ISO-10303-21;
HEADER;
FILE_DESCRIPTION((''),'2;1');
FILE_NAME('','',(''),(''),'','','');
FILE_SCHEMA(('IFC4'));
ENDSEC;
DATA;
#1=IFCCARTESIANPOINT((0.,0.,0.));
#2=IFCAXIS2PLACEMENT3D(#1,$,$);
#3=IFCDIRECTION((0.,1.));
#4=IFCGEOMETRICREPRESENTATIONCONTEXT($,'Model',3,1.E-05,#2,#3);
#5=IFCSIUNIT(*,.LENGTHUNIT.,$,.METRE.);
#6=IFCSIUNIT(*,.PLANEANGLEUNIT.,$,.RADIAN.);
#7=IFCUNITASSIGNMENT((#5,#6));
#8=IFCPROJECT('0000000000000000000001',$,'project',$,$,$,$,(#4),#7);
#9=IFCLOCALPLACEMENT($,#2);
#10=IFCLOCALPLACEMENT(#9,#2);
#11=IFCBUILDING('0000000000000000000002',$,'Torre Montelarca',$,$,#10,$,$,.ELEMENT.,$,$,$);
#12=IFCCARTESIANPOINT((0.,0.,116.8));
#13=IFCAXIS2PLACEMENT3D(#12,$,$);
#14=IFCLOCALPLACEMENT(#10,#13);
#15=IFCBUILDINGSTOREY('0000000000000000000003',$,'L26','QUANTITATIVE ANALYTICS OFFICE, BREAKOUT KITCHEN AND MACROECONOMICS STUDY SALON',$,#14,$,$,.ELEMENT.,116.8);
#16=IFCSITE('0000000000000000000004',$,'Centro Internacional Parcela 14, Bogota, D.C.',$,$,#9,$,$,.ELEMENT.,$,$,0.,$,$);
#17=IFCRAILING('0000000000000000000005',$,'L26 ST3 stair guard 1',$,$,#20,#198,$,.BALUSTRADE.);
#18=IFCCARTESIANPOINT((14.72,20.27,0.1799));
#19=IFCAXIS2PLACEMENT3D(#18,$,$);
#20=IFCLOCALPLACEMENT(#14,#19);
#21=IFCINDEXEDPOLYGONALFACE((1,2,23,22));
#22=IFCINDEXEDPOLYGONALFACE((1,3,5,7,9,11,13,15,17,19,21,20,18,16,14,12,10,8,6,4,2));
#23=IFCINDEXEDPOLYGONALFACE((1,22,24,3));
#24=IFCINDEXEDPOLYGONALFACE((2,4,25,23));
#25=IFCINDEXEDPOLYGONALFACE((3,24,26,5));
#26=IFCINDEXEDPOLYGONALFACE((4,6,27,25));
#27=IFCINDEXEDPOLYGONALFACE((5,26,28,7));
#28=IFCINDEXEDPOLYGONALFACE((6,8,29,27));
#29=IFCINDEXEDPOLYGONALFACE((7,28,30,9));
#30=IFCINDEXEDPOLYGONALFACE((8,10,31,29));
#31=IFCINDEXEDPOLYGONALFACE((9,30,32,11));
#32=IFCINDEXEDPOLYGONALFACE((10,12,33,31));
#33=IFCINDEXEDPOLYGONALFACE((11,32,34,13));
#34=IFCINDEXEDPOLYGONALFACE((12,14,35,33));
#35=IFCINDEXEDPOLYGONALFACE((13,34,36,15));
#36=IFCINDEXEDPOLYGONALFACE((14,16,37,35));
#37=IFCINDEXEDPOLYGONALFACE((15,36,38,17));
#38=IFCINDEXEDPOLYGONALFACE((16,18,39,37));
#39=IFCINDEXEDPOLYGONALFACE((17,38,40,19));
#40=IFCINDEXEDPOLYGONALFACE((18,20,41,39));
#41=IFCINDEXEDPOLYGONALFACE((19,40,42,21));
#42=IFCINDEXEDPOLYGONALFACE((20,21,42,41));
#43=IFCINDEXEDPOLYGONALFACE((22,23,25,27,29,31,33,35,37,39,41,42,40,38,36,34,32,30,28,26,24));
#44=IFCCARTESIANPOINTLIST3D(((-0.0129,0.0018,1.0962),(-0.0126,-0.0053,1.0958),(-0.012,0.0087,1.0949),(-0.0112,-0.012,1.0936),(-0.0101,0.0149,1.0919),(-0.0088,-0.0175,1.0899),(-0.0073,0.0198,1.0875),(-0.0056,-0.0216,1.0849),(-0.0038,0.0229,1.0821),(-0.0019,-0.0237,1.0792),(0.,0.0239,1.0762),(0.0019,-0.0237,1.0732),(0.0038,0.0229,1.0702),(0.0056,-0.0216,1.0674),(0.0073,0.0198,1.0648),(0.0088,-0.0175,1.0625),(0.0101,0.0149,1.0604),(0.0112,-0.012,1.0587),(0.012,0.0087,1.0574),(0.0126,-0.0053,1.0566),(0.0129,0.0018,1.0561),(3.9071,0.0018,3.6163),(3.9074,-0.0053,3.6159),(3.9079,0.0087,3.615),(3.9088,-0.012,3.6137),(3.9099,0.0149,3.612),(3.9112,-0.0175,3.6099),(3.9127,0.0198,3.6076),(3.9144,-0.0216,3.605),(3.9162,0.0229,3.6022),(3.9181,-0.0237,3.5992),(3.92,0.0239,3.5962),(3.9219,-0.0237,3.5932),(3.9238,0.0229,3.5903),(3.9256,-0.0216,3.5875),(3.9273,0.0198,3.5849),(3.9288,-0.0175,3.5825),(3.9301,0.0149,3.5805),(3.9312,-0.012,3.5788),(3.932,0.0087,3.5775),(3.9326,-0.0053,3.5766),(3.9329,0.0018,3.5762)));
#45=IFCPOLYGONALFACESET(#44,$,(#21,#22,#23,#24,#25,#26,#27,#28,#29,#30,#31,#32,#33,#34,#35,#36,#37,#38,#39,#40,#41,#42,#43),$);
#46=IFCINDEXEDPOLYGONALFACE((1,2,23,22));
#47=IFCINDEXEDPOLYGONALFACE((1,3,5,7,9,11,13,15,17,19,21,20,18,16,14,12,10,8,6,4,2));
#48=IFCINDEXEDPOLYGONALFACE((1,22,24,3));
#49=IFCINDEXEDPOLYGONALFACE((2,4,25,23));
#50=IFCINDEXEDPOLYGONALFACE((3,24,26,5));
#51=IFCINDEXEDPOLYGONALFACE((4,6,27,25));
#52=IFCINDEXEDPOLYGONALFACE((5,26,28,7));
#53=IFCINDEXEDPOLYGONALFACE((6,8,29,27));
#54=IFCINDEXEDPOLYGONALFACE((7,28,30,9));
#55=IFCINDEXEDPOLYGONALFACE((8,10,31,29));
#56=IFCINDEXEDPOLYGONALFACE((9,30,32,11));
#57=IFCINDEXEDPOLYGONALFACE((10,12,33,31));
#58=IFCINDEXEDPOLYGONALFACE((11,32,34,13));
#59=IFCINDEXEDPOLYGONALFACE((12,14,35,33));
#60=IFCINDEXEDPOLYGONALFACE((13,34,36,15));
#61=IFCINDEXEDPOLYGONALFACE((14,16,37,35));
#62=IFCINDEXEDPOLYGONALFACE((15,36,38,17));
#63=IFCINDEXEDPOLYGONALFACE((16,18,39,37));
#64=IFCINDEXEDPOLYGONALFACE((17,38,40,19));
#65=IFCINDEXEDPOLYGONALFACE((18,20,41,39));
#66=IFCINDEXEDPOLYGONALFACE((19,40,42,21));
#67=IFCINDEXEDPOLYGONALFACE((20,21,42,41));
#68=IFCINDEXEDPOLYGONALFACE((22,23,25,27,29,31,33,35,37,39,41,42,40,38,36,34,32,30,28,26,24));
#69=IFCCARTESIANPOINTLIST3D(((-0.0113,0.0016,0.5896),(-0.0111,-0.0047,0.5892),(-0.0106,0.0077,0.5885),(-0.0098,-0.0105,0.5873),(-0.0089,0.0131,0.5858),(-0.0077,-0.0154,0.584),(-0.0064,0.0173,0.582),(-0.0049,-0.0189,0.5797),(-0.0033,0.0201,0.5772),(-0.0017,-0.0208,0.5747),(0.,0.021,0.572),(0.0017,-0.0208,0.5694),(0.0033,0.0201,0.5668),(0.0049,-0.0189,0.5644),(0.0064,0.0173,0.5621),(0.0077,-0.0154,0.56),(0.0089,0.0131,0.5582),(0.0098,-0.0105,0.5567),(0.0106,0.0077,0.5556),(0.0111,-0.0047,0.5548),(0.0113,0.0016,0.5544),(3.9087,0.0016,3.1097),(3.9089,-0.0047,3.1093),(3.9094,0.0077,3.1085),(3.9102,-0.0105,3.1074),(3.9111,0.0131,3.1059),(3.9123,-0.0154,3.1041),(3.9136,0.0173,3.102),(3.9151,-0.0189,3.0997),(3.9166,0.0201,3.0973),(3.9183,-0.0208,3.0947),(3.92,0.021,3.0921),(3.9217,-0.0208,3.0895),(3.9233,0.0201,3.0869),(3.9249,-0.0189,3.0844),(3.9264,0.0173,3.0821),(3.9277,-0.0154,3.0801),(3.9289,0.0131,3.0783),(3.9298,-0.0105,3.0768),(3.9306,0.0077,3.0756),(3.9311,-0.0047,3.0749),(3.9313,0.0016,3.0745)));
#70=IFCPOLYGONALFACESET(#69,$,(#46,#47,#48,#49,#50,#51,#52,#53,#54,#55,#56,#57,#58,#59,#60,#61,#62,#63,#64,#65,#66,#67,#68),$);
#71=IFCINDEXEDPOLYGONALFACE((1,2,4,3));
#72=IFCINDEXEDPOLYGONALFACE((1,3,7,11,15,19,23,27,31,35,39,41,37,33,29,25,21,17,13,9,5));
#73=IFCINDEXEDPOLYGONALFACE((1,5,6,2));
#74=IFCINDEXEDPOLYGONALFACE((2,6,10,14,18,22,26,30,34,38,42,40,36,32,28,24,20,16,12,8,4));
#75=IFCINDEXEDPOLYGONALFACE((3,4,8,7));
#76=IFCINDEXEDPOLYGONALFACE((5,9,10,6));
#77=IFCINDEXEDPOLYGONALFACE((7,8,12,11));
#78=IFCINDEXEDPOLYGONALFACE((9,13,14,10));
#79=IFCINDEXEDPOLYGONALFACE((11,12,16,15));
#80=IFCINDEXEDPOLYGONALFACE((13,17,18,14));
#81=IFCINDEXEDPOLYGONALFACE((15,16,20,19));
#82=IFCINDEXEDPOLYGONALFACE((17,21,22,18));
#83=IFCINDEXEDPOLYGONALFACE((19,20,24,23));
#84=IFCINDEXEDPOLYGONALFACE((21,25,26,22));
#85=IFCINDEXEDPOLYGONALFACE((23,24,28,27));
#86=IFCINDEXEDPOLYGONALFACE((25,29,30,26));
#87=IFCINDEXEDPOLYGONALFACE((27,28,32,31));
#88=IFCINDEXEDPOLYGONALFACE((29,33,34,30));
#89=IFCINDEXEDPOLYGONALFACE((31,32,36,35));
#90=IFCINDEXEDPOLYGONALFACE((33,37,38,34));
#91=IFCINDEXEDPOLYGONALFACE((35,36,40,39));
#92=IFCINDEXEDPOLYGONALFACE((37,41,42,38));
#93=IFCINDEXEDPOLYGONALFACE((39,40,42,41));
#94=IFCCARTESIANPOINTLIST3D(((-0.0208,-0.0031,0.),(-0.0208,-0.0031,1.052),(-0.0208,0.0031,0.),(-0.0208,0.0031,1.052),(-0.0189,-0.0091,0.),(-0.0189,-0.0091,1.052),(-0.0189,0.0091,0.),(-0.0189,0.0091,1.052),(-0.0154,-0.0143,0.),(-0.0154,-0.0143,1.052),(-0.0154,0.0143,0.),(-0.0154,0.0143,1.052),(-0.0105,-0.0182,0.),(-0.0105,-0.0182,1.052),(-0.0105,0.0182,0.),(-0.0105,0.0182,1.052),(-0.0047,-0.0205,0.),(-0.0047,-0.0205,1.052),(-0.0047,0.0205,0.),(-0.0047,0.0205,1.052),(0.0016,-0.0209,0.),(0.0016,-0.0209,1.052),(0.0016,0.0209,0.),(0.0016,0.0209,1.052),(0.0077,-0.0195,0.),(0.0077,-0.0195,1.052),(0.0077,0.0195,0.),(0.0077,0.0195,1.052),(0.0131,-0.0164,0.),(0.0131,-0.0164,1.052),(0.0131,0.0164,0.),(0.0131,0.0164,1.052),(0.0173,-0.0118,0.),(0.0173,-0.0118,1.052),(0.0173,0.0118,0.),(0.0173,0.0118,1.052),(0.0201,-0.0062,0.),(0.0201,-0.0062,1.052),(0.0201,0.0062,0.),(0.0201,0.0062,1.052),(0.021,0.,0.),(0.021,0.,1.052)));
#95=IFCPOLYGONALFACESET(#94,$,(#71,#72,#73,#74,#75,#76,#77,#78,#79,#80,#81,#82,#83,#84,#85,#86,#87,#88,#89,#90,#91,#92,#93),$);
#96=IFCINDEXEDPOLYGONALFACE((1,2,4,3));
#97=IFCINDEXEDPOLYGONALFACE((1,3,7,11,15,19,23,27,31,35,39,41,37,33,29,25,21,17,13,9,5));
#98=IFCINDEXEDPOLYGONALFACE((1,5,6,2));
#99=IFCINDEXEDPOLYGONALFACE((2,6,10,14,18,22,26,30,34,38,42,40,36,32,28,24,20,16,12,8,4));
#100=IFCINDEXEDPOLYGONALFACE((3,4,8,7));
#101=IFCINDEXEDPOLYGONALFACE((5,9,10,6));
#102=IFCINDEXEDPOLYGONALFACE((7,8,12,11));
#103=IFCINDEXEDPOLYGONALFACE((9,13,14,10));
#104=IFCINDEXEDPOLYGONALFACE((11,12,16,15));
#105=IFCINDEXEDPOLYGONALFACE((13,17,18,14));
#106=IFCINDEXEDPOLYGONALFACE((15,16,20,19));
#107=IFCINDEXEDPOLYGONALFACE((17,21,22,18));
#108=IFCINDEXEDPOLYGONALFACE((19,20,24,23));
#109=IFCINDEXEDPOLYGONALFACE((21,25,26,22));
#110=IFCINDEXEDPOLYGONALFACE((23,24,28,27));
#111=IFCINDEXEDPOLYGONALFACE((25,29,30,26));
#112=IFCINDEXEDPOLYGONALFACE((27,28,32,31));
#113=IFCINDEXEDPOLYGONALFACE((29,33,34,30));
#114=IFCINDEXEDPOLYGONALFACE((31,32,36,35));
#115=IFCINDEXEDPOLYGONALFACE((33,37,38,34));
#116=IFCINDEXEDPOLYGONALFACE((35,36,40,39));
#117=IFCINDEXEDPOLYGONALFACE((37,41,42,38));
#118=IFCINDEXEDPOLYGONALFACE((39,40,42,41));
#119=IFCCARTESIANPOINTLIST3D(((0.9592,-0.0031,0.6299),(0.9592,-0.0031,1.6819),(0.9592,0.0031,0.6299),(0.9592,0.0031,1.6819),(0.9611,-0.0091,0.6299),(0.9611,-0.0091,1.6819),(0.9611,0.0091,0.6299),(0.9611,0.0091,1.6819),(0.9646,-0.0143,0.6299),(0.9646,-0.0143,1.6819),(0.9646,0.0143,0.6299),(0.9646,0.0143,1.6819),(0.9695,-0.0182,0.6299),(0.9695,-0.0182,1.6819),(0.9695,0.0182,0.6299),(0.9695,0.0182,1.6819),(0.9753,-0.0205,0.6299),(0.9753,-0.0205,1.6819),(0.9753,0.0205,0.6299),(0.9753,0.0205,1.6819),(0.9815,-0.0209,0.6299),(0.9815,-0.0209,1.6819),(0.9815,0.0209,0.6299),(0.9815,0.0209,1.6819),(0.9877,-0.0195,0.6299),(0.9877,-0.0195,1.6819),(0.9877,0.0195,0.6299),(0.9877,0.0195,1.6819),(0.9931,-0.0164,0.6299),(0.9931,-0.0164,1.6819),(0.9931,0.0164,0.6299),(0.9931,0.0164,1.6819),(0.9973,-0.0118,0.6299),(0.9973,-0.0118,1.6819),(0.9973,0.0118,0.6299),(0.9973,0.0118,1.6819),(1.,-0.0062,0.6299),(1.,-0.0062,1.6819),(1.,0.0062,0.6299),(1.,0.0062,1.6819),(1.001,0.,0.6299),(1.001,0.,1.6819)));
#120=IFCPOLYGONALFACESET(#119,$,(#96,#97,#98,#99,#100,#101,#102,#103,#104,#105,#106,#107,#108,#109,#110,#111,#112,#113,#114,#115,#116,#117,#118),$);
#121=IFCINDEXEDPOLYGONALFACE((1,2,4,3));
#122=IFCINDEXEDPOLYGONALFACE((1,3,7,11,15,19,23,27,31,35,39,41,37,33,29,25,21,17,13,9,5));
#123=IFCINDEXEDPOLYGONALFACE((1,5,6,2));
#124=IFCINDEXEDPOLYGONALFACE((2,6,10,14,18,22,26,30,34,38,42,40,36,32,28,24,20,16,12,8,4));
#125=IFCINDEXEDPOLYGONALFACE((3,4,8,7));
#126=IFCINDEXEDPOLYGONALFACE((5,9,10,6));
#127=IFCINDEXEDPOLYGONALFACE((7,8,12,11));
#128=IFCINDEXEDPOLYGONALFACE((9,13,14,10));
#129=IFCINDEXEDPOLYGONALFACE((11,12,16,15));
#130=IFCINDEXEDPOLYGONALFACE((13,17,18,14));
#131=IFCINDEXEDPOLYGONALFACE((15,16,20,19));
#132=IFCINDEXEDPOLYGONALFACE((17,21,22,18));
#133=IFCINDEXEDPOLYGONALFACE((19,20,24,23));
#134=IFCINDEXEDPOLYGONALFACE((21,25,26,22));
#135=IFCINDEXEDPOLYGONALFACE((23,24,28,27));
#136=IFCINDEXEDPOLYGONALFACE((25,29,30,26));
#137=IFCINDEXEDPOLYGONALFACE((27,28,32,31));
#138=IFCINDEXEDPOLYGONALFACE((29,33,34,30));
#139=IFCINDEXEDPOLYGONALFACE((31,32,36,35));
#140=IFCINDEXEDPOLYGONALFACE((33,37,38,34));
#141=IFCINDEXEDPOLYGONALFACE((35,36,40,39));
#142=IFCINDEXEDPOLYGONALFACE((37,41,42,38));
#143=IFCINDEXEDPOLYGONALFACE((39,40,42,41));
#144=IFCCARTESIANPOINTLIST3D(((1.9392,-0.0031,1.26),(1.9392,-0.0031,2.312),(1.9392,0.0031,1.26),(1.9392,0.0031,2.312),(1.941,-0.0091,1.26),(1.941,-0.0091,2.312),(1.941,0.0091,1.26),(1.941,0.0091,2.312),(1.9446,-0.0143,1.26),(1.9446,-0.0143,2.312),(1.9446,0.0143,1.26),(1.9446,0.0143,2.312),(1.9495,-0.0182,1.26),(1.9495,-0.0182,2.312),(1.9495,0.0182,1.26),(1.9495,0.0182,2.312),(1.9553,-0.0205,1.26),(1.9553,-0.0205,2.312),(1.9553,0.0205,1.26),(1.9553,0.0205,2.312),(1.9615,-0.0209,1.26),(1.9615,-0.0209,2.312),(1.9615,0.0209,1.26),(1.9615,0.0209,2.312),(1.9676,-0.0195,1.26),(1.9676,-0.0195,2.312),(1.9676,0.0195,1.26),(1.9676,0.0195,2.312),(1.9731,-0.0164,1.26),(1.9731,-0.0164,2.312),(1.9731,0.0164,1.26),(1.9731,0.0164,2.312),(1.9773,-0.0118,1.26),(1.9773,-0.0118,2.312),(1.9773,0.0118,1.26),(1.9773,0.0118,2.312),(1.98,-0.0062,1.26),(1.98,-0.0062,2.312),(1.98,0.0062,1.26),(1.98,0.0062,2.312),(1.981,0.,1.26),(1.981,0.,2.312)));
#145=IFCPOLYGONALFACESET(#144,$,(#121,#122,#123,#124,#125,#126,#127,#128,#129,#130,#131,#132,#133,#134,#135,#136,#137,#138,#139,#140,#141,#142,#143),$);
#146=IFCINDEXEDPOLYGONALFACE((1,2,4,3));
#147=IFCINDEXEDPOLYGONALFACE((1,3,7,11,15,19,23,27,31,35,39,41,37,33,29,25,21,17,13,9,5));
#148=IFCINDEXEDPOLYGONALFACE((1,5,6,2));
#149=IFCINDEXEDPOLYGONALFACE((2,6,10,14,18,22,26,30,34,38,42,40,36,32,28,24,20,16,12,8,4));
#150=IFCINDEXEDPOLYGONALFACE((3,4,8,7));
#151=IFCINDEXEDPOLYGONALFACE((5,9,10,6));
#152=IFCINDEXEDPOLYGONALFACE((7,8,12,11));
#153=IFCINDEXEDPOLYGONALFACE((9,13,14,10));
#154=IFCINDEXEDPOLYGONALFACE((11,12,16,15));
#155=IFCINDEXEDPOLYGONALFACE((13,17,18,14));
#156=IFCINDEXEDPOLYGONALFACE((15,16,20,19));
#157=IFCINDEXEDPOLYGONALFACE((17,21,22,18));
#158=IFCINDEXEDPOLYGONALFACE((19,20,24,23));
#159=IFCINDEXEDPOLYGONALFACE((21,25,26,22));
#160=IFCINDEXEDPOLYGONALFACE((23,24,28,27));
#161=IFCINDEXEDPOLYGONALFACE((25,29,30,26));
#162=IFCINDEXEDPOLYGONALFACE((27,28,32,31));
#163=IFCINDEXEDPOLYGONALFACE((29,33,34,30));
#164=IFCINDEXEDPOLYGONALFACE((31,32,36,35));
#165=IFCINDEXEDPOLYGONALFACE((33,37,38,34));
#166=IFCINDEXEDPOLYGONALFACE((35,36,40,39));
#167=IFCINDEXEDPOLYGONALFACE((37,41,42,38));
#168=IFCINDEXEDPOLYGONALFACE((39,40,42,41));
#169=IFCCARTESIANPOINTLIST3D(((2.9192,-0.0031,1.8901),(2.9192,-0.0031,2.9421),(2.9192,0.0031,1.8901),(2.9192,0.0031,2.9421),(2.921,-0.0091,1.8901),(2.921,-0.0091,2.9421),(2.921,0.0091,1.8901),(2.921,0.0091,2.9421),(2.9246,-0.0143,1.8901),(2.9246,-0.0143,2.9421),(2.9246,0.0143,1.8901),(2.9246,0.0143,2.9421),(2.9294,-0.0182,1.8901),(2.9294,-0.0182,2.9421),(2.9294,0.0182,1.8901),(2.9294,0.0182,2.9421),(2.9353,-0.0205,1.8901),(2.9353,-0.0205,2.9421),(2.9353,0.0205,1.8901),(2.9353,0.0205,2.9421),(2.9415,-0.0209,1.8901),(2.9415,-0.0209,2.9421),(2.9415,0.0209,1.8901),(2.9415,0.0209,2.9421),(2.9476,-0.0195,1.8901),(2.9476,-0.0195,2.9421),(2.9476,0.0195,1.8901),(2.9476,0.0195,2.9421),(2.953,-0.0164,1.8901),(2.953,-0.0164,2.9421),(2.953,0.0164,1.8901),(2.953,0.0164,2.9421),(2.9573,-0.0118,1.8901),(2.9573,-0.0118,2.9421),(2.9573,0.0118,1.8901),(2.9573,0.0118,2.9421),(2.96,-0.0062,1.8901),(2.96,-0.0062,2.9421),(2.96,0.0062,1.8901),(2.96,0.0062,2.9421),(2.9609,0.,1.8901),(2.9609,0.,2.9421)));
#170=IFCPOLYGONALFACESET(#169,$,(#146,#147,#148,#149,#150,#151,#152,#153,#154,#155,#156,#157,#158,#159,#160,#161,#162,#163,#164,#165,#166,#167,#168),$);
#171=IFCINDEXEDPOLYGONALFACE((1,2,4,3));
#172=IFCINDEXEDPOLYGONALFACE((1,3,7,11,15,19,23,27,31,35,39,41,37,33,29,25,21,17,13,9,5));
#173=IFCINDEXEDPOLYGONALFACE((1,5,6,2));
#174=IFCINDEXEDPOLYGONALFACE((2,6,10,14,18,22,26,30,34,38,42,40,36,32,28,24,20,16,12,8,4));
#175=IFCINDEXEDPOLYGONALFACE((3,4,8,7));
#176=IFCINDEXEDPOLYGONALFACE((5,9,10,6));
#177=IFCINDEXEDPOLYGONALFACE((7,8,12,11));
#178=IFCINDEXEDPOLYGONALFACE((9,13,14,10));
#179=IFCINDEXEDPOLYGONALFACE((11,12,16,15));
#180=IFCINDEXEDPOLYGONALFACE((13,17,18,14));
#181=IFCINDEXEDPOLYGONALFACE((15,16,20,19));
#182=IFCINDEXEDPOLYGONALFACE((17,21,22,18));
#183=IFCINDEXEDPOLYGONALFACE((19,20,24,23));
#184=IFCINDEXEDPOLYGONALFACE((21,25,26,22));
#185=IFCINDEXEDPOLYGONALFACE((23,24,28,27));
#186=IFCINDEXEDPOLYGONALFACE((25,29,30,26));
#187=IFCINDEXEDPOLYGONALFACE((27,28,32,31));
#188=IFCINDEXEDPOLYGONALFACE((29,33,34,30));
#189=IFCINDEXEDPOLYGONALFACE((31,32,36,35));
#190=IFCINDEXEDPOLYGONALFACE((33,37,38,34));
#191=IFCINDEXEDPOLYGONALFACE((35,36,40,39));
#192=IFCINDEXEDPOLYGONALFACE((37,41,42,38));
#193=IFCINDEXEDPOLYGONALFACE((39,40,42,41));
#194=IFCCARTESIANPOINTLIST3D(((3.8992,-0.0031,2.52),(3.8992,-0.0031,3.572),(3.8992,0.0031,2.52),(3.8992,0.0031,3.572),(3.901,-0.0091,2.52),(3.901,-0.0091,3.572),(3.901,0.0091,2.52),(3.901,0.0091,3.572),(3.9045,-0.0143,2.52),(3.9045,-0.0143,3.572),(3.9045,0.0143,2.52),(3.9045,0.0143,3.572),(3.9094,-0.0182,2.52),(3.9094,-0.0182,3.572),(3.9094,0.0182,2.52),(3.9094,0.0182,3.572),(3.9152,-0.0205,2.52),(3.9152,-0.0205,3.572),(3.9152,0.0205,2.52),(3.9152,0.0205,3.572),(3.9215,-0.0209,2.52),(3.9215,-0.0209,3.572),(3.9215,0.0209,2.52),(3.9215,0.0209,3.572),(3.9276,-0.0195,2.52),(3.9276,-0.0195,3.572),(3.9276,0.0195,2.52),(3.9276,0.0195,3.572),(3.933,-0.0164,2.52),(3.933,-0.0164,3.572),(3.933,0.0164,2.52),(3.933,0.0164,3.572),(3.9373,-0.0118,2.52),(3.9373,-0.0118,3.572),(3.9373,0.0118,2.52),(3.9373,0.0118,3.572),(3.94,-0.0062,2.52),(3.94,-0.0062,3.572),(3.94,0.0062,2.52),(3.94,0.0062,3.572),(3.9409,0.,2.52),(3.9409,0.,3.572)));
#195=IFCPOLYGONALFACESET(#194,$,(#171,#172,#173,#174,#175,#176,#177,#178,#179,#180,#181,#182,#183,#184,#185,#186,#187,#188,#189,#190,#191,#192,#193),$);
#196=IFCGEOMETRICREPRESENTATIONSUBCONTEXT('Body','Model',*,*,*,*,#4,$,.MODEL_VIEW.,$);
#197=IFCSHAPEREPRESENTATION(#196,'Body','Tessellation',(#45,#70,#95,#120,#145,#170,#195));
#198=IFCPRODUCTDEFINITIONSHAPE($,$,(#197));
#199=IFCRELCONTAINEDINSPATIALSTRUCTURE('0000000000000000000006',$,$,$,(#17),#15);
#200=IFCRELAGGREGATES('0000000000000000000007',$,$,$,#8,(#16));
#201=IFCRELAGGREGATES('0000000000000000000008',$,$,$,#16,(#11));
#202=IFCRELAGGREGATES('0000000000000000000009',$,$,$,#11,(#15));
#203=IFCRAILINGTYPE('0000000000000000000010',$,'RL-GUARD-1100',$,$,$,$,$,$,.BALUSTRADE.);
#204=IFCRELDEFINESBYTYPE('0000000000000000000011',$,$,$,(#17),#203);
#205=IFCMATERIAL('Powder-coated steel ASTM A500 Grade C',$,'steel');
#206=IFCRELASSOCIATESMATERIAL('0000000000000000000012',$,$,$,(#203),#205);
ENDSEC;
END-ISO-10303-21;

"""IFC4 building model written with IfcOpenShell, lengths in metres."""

from ifc_helpers import new_model, si_unit, direction, frame, origin, origin_2d, place, context, subcontext, project, spatial, circle, extrude, material, type_object, element, save


model = new_model("IFC4")

# Units and contexts
model_context = context("Model", 3, precision=1e-05, world=origin(), true_north=direction((0.0, 1.0)))
body_context = subcontext(model_context, "Body", "Model", "MODEL_VIEW")
ifc_project = project(units=[si_unit("LENGTHUNIT", "METRE"), si_unit("PLANEANGLEUNIT", "RADIAN")], contexts=[model_context])

# Site, building, storey
site_placement = place(None, origin())
site = spatial("IfcSite", under=ifc_project, at=site_placement, Name="Centro Internacional Parcela 14, Bogota, D.C.", CompositionType="ELEMENT", RefElevation=0.0)
building_placement = place(site_placement, origin())
building = spatial("IfcBuilding", under=site, at=building_placement, Name="Torre Montelarca", CompositionType="ELEMENT")
storey_placement = place(building_placement, frame((0.0, 0.0, 116.8)))
storey = spatial("IfcBuildingStorey", under=building, at=storey_placement, Name="L26", Description="QUANTITATIVE ANALYTICS OFFICE, BREAKOUT KITCHEN AND MACROECONOMICS STUDY SALON", CompositionType="ELEMENT", Elevation=116.8)

# Railing
ifc_material_1 = material(Name="Powder-coated steel ASTM A500 Grade C", Category="steel")
railing_type_1 = type_object("IfcRailingType", Name="RL-GUARD-1100", PredefinedType="BALUSTRADE", material=ifc_material_1)
railing_1_placement = place(storey_placement, frame((14.72, 20.27, 0.1799)))
element("IfcRailing", 1, at=railing_1_placement, inside=storey, type_object=railing_type_1, Name="L26 ST3 stair guard 1", PredefinedType="BALUSTRADE", context=body_context, shape_type="SweptSolid", body=[
    extrude(circle(Radius=0.0239, at=origin_2d()), frame((0.0, 0.0, 1.0762), z_axis=(0.841172, 0.0, 0.540768), x_axis=(0.0, 1.0, 0.0)), (0.0, 0.0, 1.0), 4.6602),
    extrude(circle(Radius=0.021, at=origin_2d()), frame((0.0, 0.0, 0.572), z_axis=(0.841172, 0.0, 0.540768), x_axis=(0.0, 1.0, 0.0)), (0.0, 0.0, 1.0), 4.6602),
    extrude(circle(Radius=0.021, at=origin_2d()), origin(), (0.0, 0.0, 1.0), 1.052),
    extrude(circle(Radius=0.021, at=origin_2d()), frame((0.98, 0.0, 0.6299)), (0.0, 0.0, 1.0), 1.052),
    extrude(circle(Radius=0.021, at=origin_2d()), frame((1.96, 0.0, 1.26)), (0.0, 0.0, 1.0), 1.052),
    extrude(circle(Radius=0.021, at=origin_2d()), frame((2.9399, 0.0, 1.8901)), (0.0, 0.0, 1.0), 1.052),
    extrude(circle(Radius=0.021, at=origin_2d()), frame((3.9199, 0.0, 2.52)), (0.0, 0.0, 1.0), 1.052),
])

save(model, "model.ifc")
